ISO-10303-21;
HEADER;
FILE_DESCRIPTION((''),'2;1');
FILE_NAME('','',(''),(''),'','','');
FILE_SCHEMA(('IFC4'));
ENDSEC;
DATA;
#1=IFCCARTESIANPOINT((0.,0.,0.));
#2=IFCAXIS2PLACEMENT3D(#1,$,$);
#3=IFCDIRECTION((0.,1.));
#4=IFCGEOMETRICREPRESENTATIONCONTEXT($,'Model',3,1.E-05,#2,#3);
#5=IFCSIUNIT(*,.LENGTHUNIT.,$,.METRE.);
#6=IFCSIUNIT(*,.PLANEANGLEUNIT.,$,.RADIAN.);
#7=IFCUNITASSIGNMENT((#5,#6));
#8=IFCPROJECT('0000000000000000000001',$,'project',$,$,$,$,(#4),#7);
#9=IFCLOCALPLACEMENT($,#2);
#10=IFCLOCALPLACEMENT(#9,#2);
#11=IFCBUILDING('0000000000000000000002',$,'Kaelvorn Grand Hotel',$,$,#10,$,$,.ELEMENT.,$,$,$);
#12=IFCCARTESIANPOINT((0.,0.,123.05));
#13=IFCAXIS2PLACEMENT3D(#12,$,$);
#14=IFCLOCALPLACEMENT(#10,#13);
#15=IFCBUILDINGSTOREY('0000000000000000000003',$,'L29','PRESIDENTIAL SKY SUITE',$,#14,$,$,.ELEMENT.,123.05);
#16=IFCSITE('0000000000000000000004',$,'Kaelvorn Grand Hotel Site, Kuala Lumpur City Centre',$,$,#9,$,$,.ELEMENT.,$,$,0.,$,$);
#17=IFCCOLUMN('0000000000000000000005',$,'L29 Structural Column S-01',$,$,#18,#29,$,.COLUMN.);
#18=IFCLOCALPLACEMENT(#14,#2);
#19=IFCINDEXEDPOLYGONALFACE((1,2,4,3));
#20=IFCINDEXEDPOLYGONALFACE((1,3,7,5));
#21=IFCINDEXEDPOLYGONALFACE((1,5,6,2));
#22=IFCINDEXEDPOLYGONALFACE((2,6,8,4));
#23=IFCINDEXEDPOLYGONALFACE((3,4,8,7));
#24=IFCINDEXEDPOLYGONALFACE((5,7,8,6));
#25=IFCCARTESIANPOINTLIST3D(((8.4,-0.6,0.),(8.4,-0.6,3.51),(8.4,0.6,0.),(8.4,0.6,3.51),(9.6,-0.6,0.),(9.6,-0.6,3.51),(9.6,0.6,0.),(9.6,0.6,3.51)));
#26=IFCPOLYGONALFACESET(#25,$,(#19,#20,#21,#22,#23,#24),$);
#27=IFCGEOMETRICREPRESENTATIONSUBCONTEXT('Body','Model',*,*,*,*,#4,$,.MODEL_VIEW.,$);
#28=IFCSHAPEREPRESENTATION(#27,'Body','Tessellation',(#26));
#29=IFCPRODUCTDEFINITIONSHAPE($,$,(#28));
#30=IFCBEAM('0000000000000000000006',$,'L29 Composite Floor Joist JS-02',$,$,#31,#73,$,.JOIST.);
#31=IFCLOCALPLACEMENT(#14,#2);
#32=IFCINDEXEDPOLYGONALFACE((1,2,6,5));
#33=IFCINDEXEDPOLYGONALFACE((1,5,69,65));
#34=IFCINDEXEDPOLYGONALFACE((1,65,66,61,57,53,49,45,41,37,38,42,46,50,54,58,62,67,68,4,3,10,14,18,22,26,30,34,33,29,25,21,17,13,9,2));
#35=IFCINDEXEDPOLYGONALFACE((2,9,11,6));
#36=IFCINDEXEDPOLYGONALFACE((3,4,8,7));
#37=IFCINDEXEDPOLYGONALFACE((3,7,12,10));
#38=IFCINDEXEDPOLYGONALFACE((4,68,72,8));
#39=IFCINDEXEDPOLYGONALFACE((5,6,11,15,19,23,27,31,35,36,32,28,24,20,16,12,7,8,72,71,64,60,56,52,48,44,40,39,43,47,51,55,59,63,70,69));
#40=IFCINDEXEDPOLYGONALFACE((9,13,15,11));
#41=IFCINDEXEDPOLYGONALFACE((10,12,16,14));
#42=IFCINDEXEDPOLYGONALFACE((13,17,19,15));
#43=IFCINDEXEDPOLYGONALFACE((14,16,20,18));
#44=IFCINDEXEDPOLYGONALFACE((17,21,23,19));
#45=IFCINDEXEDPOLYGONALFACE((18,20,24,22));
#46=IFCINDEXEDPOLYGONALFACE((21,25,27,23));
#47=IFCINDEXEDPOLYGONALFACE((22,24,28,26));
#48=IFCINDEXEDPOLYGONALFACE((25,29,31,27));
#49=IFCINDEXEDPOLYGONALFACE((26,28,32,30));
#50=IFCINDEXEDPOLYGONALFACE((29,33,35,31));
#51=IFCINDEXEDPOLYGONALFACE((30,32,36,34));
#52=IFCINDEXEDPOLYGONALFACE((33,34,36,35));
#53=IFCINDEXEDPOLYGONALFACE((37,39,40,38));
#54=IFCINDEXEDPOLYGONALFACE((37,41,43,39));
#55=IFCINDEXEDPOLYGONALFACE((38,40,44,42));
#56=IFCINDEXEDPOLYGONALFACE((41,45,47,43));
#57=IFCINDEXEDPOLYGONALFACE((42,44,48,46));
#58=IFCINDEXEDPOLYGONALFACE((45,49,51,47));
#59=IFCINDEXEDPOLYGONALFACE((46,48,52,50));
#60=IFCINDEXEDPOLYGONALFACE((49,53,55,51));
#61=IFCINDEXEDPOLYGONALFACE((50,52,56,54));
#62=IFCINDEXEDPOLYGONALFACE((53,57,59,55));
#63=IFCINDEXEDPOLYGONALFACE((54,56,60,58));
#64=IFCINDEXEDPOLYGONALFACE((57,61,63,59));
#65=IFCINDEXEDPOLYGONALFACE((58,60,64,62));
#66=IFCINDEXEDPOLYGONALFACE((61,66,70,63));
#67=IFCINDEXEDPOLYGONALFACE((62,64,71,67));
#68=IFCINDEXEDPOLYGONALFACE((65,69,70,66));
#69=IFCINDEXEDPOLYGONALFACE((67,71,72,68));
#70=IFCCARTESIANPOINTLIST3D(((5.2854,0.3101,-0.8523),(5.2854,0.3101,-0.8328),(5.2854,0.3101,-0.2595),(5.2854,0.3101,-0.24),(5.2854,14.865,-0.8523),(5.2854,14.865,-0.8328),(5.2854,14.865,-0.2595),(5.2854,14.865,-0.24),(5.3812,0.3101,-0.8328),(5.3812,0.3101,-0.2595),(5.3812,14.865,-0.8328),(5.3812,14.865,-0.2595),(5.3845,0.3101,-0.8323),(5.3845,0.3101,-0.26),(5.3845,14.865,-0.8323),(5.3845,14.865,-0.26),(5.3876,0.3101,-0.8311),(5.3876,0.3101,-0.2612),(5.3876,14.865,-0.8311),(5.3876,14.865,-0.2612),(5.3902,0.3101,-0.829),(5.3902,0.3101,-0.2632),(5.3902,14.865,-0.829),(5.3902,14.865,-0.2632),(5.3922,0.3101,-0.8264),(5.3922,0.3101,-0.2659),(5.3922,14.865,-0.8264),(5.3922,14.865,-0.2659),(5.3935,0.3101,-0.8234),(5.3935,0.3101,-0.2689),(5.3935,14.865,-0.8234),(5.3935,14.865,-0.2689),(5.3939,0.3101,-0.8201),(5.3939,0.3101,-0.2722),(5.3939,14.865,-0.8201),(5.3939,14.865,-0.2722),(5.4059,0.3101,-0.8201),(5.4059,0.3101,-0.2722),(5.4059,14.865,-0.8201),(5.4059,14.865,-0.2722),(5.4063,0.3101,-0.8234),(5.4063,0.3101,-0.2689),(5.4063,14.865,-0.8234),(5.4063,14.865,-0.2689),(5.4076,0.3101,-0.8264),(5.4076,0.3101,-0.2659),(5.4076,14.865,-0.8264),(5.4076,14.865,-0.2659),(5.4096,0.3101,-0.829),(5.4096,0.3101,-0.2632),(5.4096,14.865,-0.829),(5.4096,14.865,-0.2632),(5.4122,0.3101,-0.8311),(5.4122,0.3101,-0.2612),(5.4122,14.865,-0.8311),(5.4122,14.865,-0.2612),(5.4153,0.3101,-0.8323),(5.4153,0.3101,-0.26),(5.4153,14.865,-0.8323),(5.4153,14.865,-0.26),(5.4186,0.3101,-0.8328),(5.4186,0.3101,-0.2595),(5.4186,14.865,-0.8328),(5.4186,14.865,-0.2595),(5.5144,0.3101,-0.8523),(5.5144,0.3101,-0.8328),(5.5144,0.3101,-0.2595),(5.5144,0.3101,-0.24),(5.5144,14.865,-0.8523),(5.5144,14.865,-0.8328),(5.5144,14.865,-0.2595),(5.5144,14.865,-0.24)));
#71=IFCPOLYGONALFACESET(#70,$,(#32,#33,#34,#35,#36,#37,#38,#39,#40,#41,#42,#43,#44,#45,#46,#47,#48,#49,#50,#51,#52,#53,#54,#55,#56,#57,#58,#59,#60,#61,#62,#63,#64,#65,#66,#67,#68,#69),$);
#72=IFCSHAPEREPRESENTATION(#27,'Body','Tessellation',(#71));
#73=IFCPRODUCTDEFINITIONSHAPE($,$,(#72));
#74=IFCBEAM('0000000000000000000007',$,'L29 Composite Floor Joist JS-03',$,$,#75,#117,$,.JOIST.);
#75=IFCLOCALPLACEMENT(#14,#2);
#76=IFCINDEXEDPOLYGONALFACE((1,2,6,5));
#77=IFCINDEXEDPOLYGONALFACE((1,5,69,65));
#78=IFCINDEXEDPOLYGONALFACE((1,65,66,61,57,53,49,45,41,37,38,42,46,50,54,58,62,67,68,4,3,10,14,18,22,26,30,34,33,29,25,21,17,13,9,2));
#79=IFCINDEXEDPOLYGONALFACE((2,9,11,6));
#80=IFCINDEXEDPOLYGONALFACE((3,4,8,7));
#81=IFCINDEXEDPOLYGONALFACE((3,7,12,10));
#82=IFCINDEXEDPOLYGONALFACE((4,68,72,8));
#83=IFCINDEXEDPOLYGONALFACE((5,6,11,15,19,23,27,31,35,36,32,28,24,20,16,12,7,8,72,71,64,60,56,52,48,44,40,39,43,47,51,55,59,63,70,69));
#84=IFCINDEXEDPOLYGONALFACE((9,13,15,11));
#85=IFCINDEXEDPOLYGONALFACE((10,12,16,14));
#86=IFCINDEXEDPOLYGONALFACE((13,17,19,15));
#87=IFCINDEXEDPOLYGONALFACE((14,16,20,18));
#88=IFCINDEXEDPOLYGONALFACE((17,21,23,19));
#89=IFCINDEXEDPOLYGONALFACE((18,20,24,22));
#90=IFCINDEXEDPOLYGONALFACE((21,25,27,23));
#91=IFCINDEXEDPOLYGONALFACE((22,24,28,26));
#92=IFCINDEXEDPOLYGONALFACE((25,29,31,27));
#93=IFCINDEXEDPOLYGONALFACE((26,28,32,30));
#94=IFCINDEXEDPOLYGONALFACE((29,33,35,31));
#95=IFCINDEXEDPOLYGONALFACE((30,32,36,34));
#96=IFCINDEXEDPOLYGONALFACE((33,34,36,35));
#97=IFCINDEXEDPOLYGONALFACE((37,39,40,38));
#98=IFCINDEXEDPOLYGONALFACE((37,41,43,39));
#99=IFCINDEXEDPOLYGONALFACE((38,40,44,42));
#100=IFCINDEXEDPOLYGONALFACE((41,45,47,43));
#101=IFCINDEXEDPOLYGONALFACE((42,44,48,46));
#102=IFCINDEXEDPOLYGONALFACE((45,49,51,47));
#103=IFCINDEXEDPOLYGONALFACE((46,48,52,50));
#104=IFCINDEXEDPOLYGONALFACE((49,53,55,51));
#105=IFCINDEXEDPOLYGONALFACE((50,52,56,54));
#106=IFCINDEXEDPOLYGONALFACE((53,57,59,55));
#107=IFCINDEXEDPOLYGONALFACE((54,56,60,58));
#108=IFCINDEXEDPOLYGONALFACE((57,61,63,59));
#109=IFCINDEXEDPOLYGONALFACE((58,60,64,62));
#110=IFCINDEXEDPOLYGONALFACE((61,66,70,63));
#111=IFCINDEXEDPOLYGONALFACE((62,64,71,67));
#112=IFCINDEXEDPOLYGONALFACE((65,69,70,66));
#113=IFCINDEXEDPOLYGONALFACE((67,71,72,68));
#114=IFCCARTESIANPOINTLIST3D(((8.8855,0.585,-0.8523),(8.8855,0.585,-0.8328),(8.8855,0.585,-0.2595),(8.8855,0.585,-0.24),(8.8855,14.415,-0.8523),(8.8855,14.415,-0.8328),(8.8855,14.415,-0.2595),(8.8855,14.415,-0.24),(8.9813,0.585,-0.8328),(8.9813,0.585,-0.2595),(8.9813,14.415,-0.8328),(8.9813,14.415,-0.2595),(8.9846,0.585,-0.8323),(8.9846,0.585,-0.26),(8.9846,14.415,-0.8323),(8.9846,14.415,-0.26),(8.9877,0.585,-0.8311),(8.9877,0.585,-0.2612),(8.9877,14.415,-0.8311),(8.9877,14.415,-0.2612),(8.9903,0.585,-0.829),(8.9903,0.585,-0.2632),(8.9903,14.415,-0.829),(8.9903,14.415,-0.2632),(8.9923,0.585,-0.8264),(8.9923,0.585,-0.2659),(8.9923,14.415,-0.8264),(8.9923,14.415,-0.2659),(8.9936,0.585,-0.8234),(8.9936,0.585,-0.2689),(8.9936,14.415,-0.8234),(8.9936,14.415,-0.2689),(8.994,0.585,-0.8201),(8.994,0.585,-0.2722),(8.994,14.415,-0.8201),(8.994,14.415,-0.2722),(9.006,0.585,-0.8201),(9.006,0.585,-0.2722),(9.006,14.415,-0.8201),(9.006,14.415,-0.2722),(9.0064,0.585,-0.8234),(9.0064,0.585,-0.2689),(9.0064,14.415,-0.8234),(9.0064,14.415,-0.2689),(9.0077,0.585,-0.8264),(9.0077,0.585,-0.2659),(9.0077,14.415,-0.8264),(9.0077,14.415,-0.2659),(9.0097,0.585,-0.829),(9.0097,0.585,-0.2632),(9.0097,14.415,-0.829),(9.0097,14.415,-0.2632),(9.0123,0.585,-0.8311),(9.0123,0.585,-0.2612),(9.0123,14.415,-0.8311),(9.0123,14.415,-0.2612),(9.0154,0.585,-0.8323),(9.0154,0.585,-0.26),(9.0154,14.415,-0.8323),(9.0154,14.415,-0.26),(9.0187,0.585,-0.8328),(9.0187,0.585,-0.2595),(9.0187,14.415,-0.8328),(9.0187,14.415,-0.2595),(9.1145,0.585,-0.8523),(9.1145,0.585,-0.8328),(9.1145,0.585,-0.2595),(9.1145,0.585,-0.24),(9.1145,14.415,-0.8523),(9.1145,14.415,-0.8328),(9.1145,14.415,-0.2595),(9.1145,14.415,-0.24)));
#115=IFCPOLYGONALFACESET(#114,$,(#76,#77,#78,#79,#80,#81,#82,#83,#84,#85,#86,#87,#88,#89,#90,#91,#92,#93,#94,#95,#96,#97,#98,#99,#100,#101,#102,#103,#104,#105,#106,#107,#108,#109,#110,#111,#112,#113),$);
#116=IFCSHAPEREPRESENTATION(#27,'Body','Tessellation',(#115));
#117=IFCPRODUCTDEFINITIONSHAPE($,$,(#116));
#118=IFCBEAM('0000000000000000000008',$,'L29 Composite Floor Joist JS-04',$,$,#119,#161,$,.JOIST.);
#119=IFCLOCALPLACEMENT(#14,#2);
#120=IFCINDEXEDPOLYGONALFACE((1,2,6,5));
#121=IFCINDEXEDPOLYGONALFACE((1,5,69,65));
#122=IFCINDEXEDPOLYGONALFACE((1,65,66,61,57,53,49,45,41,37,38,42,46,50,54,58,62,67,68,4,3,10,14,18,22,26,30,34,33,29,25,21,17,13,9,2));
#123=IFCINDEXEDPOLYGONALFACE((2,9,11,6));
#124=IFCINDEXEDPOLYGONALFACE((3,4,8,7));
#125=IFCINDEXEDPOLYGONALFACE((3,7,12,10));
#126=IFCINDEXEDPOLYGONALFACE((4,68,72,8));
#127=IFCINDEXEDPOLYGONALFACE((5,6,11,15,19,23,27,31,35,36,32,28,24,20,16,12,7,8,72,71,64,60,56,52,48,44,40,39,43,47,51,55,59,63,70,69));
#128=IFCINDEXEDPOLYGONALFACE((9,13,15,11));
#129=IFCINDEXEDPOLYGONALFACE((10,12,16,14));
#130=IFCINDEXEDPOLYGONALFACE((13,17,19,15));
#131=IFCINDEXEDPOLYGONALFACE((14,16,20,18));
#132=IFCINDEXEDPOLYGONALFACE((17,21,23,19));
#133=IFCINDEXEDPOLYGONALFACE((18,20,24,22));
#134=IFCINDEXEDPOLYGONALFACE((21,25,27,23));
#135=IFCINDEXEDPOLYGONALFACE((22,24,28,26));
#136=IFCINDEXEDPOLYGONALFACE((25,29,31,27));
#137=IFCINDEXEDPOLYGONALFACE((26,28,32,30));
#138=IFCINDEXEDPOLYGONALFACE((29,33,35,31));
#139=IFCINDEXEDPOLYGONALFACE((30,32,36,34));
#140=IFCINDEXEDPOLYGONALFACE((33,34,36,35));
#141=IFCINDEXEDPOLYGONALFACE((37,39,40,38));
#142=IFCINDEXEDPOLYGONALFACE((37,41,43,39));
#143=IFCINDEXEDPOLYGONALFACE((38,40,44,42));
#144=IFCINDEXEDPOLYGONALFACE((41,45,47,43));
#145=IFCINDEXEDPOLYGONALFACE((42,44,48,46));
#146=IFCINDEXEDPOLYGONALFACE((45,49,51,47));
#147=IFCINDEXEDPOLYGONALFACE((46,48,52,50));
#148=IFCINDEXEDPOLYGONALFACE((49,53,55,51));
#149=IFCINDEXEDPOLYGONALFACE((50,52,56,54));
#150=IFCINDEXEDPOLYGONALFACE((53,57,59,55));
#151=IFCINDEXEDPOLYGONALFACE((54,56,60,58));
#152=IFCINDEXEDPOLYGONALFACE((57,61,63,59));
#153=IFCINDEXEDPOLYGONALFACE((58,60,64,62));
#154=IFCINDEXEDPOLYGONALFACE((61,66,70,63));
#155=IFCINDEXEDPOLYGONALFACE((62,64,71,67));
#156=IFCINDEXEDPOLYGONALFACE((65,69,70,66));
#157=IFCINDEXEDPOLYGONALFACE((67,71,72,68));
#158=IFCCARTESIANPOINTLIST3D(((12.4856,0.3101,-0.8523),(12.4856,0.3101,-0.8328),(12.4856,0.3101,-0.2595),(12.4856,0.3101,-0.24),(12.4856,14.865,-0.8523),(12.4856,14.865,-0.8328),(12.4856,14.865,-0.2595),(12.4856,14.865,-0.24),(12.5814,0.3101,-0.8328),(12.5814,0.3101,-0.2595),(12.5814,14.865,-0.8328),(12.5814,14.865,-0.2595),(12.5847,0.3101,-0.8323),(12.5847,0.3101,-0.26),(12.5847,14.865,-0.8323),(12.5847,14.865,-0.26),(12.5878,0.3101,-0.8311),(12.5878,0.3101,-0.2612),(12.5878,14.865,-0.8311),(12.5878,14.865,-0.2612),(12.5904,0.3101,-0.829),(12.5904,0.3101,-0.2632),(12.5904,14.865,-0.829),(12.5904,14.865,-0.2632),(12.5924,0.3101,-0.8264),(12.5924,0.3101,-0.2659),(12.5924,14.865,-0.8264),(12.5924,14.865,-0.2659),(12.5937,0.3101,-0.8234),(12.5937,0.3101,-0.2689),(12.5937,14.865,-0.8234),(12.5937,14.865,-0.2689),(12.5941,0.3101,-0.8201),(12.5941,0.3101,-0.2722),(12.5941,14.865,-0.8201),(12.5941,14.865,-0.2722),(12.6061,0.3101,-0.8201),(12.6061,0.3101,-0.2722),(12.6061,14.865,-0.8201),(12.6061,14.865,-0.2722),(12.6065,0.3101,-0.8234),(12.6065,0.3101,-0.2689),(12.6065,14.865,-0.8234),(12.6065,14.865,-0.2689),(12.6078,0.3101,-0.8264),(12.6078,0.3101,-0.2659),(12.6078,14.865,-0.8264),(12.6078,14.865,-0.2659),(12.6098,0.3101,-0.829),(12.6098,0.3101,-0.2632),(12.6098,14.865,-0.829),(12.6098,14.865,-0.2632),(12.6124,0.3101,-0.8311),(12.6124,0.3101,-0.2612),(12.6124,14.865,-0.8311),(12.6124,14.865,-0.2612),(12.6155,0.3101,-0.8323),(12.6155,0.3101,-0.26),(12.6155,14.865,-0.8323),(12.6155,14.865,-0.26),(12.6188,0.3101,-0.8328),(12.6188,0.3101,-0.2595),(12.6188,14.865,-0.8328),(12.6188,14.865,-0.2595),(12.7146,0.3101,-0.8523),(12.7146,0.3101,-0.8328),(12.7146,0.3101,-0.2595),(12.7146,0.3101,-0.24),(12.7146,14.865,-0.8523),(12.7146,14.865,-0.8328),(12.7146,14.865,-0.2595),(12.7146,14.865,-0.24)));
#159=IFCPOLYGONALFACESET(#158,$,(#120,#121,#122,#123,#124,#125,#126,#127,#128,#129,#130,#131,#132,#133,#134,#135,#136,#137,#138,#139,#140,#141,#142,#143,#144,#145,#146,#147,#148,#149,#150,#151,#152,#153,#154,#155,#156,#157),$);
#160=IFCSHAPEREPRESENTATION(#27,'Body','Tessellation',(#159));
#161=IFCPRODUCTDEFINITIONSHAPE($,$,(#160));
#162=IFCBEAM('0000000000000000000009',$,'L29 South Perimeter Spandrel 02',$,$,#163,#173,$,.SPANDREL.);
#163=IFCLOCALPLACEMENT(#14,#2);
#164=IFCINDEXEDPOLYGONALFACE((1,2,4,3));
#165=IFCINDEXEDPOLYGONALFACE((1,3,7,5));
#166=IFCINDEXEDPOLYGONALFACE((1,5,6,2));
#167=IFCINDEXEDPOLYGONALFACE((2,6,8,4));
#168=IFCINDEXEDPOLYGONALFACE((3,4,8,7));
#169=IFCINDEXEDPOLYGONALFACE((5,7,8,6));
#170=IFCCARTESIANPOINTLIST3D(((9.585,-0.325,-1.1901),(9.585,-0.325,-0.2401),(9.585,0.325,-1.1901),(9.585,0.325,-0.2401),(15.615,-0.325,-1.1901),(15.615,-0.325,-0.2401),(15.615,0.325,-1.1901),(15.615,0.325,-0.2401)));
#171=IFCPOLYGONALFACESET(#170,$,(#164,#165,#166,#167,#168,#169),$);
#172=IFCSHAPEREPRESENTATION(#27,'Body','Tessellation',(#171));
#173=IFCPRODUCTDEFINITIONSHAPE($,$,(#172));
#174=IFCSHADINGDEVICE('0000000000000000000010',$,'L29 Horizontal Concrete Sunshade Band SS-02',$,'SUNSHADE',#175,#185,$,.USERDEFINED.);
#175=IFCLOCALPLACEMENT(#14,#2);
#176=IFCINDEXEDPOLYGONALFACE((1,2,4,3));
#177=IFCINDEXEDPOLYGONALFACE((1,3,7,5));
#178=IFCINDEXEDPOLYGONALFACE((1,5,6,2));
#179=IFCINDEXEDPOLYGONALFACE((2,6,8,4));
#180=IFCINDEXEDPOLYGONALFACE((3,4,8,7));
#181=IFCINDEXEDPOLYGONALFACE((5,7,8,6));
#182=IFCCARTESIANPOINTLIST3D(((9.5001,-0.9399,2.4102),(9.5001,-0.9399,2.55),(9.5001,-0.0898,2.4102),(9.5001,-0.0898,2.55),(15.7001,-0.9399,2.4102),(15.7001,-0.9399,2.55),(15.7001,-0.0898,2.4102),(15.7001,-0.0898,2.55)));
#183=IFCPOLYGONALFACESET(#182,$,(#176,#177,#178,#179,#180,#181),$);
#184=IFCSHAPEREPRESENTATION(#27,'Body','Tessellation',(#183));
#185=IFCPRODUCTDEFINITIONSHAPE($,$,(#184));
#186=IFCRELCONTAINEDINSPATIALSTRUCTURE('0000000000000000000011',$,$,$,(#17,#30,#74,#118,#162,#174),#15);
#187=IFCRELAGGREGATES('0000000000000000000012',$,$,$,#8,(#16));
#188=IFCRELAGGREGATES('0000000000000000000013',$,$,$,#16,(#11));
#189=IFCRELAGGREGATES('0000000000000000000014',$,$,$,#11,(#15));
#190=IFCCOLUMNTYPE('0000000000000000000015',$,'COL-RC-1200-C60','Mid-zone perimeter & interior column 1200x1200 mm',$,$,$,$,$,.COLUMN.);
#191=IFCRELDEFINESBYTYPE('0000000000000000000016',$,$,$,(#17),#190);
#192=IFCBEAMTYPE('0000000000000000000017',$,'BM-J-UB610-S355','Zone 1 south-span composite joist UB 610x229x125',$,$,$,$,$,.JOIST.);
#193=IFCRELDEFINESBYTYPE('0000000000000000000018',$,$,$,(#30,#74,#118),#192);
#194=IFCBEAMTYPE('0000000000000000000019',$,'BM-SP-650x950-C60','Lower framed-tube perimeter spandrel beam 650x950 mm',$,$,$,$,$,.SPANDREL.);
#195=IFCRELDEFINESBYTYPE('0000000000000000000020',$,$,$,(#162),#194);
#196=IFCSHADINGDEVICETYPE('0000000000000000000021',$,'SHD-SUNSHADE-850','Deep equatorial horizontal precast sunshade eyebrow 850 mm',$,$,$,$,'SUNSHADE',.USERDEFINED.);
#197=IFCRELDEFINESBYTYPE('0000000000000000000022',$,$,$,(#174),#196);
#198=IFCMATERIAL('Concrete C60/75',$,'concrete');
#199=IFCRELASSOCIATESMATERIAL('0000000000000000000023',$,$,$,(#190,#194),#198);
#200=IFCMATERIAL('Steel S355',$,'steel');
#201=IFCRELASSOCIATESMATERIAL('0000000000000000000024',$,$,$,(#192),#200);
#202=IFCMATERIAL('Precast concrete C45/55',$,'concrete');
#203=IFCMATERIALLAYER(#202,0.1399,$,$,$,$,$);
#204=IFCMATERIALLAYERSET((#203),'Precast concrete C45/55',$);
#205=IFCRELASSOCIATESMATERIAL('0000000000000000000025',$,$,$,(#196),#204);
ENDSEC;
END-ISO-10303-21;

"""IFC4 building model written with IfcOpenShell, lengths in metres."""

from ifc_helpers import new_model, si_unit, direction, frame, origin, origin_2d, place, context, subcontext, project, spatial, rectangle, i_section, extrude, material, layer, layer_set, material_profile, profile_set, type_object, element, save


model = new_model("IFC4")

# Units and contexts
model_context = context("Model", 3, precision=1e-05, world=origin(), true_north=direction((0.0, 1.0)))
body_context = subcontext(model_context, "Body", "Model", "MODEL_VIEW")
ifc_project = project(units=[si_unit("LENGTHUNIT", "METRE"), si_unit("PLANEANGLEUNIT", "RADIAN")], contexts=[model_context])

# Site, building, storey
site_placement = place(None, origin())
site = spatial("IfcSite", under=ifc_project, at=site_placement, Name="Kaelvorn Grand Hotel Site, Kuala Lumpur City Centre", CompositionType="ELEMENT", RefElevation=0.0)
building_placement = place(site_placement, origin())
building = spatial("IfcBuilding", under=site, at=building_placement, Name="Kaelvorn Grand Hotel", CompositionType="ELEMENT")
storey_placement = place(building_placement, frame((0.0, 0.0, 123.05)))
storey = spatial("IfcBuildingStorey", under=building, at=storey_placement, Name="L29", Description="PRESIDENTIAL SKY SUITE", CompositionType="ELEMENT", Elevation=123.05)

# Column
ifc_material_1 = material(Name="Concrete C60/75", Category="concrete")
ifc_material_profile_1 = material_profile(ifc_material_1, rectangle(XDim=1.2, YDim=1.2, at=origin_2d()), Name="RC COL 1200x1200")
ifc_profile_set_1 = profile_set([ifc_material_profile_1], Name="Concrete C60/75")
column_type = type_object("IfcColumnType", Name="COL-RC-1200-C60", Description="Mid-zone perimeter & interior column 1200x1200 mm", PredefinedType="COLUMN", material=ifc_profile_set_1)
column_placement = place(storey_placement, frame((9.0, 0.0, 0.0), z_axis=(0.0, 0.0, 1.0), x_axis=(1.0, 0.0, 0.0)))
element("IfcColumn", 1, at=column_placement, inside=storey, type_object=column_type, Name="L29 Structural Column S-01", PredefinedType="COLUMN", context=body_context, shape_type="SweptSolid", body=[
    extrude(rectangle(XDim=1.2, YDim=1.2, at=origin_2d()), origin(), (0.0, 0.0, 1.0), 3.51),
])

# Beams
ifc_material_2 = material(Name="Steel S355", Category="steel")
ifc_material_profile_2 = material_profile(ifc_material_2, i_section(OverallWidth=0.229, OverallDepth=0.6123, WebThickness=0.012, FlangeThickness=0.0195, FilletRadius=0.0127, at=origin_2d()), Name="UB 610x229x125")
ifc_profile_set_2 = profile_set([ifc_material_profile_2], Name="Steel S355")
beam_type_1 = type_object("IfcBeamType", Name="BM-J-UB610-S355", Description="Zone 1 south-span composite joist UB 610x229x125", PredefinedType="JOIST", material=ifc_profile_set_2)
beam_1_placement = place(storey_placement, frame((5.3999, 0.3101, -0.5461), z_axis=(0.0, 1.0, 0.0), x_axis=(-1.0, 0.0, 0.0)))
element("IfcBeam", 2, at=beam_1_placement, inside=storey, type_object=beam_type_1, Name="L29 Composite Floor Joist JS-02", PredefinedType="JOIST", context=body_context, shape_type="SweptSolid", body=[
    extrude(i_section(OverallWidth=0.229, OverallDepth=0.6123, WebThickness=0.012, FlangeThickness=0.0195, FilletRadius=0.0127, at=origin_2d()), origin(), (0.0, 0.0, 1.0), 14.5549),
])
beam_2_placement = place(storey_placement, frame((9.0, 0.585, -0.5461), z_axis=(0.0, 1.0, 0.0), x_axis=(-1.0, 0.0, 0.0)))
element("IfcBeam", 3, at=beam_2_placement, inside=storey, type_object=beam_type_1, Name="L29 Composite Floor Joist JS-03", PredefinedType="JOIST", context=body_context, shape_type="SweptSolid", body=[
    extrude(i_section(OverallWidth=0.229, OverallDepth=0.6123, WebThickness=0.012, FlangeThickness=0.0195, FilletRadius=0.0127, at=origin_2d()), origin(), (0.0, 0.0, 1.0), 13.8301),
])
beam_3_placement = place(storey_placement, frame((12.6001, 0.3101, -0.5461), z_axis=(0.0, 1.0, 0.0), x_axis=(-1.0, 0.0, 0.0)))
element("IfcBeam", 4, at=beam_3_placement, inside=storey, type_object=beam_type_1, Name="L29 Composite Floor Joist JS-04", PredefinedType="JOIST", context=body_context, shape_type="SweptSolid", body=[
    extrude(i_section(OverallWidth=0.229, OverallDepth=0.6123, WebThickness=0.012, FlangeThickness=0.0195, FilletRadius=0.0127, at=origin_2d()), origin(), (0.0, 0.0, 1.0), 14.5549),
])
ifc_material_profile_3 = material_profile(ifc_material_1, rectangle(XDim=0.6499, YDim=0.95, at=origin_2d()), Name="RC SPANDREL 650x950")
ifc_profile_set_3 = profile_set([ifc_material_profile_3], Name="Concrete C60/75")
beam_type_2 = type_object("IfcBeamType", Name="BM-SP-650x950-C60", Description="Lower framed-tube perimeter spandrel beam 650x950 mm", PredefinedType="SPANDREL", material=ifc_profile_set_3)
beam_4_placement = place(storey_placement, frame((9.585, 0.0, -0.7151), z_axis=(1.0, 0.0, 0.0), x_axis=(0.0, 1.0, 0.0)))
element("IfcBeam", 5, at=beam_4_placement, inside=storey, type_object=beam_type_2, Name="L29 South Perimeter Spandrel 02", PredefinedType="SPANDREL", context=body_context, shape_type="SweptSolid", body=[
    extrude(rectangle(XDim=0.6499, YDim=0.95, at=origin_2d()), origin(), (0.0, 0.0, 1.0), 6.03),
])

# Shading device
ifc_material_3 = material(Name="Precast concrete C45/55", Category="concrete")
ifc_layer = layer(ifc_material_3, 0.1399)
ifc_layer_set = layer_set([ifc_layer], Name="Precast concrete C45/55")
shading_device_type = type_object("IfcShadingDeviceType", Name="SHD-SUNSHADE-850", Description="Deep equatorial horizontal precast sunshade eyebrow 850 mm", ElementType="SUNSHADE", PredefinedType="USERDEFINED", material=ifc_layer_set)
shading_device_placement = place(storey_placement, frame((12.6001, -0.5149, 2.4102), z_axis=(0.0, 0.0, 1.0), x_axis=(1.0, 0.0, 0.0)))
element("IfcShadingDevice", 6, at=shading_device_placement, inside=storey, type_object=shading_device_type, Name="L29 Horizontal Concrete Sunshade Band SS-02", ObjectType="SUNSHADE", PredefinedType="USERDEFINED", context=body_context, shape_type="SweptSolid", body=[
    extrude(rectangle(XDim=6.2, YDim=0.8501, at=origin_2d()), origin(), (0.0, 0.0, 1.0), 0.1399),
])

save(model, "model.ifc")
